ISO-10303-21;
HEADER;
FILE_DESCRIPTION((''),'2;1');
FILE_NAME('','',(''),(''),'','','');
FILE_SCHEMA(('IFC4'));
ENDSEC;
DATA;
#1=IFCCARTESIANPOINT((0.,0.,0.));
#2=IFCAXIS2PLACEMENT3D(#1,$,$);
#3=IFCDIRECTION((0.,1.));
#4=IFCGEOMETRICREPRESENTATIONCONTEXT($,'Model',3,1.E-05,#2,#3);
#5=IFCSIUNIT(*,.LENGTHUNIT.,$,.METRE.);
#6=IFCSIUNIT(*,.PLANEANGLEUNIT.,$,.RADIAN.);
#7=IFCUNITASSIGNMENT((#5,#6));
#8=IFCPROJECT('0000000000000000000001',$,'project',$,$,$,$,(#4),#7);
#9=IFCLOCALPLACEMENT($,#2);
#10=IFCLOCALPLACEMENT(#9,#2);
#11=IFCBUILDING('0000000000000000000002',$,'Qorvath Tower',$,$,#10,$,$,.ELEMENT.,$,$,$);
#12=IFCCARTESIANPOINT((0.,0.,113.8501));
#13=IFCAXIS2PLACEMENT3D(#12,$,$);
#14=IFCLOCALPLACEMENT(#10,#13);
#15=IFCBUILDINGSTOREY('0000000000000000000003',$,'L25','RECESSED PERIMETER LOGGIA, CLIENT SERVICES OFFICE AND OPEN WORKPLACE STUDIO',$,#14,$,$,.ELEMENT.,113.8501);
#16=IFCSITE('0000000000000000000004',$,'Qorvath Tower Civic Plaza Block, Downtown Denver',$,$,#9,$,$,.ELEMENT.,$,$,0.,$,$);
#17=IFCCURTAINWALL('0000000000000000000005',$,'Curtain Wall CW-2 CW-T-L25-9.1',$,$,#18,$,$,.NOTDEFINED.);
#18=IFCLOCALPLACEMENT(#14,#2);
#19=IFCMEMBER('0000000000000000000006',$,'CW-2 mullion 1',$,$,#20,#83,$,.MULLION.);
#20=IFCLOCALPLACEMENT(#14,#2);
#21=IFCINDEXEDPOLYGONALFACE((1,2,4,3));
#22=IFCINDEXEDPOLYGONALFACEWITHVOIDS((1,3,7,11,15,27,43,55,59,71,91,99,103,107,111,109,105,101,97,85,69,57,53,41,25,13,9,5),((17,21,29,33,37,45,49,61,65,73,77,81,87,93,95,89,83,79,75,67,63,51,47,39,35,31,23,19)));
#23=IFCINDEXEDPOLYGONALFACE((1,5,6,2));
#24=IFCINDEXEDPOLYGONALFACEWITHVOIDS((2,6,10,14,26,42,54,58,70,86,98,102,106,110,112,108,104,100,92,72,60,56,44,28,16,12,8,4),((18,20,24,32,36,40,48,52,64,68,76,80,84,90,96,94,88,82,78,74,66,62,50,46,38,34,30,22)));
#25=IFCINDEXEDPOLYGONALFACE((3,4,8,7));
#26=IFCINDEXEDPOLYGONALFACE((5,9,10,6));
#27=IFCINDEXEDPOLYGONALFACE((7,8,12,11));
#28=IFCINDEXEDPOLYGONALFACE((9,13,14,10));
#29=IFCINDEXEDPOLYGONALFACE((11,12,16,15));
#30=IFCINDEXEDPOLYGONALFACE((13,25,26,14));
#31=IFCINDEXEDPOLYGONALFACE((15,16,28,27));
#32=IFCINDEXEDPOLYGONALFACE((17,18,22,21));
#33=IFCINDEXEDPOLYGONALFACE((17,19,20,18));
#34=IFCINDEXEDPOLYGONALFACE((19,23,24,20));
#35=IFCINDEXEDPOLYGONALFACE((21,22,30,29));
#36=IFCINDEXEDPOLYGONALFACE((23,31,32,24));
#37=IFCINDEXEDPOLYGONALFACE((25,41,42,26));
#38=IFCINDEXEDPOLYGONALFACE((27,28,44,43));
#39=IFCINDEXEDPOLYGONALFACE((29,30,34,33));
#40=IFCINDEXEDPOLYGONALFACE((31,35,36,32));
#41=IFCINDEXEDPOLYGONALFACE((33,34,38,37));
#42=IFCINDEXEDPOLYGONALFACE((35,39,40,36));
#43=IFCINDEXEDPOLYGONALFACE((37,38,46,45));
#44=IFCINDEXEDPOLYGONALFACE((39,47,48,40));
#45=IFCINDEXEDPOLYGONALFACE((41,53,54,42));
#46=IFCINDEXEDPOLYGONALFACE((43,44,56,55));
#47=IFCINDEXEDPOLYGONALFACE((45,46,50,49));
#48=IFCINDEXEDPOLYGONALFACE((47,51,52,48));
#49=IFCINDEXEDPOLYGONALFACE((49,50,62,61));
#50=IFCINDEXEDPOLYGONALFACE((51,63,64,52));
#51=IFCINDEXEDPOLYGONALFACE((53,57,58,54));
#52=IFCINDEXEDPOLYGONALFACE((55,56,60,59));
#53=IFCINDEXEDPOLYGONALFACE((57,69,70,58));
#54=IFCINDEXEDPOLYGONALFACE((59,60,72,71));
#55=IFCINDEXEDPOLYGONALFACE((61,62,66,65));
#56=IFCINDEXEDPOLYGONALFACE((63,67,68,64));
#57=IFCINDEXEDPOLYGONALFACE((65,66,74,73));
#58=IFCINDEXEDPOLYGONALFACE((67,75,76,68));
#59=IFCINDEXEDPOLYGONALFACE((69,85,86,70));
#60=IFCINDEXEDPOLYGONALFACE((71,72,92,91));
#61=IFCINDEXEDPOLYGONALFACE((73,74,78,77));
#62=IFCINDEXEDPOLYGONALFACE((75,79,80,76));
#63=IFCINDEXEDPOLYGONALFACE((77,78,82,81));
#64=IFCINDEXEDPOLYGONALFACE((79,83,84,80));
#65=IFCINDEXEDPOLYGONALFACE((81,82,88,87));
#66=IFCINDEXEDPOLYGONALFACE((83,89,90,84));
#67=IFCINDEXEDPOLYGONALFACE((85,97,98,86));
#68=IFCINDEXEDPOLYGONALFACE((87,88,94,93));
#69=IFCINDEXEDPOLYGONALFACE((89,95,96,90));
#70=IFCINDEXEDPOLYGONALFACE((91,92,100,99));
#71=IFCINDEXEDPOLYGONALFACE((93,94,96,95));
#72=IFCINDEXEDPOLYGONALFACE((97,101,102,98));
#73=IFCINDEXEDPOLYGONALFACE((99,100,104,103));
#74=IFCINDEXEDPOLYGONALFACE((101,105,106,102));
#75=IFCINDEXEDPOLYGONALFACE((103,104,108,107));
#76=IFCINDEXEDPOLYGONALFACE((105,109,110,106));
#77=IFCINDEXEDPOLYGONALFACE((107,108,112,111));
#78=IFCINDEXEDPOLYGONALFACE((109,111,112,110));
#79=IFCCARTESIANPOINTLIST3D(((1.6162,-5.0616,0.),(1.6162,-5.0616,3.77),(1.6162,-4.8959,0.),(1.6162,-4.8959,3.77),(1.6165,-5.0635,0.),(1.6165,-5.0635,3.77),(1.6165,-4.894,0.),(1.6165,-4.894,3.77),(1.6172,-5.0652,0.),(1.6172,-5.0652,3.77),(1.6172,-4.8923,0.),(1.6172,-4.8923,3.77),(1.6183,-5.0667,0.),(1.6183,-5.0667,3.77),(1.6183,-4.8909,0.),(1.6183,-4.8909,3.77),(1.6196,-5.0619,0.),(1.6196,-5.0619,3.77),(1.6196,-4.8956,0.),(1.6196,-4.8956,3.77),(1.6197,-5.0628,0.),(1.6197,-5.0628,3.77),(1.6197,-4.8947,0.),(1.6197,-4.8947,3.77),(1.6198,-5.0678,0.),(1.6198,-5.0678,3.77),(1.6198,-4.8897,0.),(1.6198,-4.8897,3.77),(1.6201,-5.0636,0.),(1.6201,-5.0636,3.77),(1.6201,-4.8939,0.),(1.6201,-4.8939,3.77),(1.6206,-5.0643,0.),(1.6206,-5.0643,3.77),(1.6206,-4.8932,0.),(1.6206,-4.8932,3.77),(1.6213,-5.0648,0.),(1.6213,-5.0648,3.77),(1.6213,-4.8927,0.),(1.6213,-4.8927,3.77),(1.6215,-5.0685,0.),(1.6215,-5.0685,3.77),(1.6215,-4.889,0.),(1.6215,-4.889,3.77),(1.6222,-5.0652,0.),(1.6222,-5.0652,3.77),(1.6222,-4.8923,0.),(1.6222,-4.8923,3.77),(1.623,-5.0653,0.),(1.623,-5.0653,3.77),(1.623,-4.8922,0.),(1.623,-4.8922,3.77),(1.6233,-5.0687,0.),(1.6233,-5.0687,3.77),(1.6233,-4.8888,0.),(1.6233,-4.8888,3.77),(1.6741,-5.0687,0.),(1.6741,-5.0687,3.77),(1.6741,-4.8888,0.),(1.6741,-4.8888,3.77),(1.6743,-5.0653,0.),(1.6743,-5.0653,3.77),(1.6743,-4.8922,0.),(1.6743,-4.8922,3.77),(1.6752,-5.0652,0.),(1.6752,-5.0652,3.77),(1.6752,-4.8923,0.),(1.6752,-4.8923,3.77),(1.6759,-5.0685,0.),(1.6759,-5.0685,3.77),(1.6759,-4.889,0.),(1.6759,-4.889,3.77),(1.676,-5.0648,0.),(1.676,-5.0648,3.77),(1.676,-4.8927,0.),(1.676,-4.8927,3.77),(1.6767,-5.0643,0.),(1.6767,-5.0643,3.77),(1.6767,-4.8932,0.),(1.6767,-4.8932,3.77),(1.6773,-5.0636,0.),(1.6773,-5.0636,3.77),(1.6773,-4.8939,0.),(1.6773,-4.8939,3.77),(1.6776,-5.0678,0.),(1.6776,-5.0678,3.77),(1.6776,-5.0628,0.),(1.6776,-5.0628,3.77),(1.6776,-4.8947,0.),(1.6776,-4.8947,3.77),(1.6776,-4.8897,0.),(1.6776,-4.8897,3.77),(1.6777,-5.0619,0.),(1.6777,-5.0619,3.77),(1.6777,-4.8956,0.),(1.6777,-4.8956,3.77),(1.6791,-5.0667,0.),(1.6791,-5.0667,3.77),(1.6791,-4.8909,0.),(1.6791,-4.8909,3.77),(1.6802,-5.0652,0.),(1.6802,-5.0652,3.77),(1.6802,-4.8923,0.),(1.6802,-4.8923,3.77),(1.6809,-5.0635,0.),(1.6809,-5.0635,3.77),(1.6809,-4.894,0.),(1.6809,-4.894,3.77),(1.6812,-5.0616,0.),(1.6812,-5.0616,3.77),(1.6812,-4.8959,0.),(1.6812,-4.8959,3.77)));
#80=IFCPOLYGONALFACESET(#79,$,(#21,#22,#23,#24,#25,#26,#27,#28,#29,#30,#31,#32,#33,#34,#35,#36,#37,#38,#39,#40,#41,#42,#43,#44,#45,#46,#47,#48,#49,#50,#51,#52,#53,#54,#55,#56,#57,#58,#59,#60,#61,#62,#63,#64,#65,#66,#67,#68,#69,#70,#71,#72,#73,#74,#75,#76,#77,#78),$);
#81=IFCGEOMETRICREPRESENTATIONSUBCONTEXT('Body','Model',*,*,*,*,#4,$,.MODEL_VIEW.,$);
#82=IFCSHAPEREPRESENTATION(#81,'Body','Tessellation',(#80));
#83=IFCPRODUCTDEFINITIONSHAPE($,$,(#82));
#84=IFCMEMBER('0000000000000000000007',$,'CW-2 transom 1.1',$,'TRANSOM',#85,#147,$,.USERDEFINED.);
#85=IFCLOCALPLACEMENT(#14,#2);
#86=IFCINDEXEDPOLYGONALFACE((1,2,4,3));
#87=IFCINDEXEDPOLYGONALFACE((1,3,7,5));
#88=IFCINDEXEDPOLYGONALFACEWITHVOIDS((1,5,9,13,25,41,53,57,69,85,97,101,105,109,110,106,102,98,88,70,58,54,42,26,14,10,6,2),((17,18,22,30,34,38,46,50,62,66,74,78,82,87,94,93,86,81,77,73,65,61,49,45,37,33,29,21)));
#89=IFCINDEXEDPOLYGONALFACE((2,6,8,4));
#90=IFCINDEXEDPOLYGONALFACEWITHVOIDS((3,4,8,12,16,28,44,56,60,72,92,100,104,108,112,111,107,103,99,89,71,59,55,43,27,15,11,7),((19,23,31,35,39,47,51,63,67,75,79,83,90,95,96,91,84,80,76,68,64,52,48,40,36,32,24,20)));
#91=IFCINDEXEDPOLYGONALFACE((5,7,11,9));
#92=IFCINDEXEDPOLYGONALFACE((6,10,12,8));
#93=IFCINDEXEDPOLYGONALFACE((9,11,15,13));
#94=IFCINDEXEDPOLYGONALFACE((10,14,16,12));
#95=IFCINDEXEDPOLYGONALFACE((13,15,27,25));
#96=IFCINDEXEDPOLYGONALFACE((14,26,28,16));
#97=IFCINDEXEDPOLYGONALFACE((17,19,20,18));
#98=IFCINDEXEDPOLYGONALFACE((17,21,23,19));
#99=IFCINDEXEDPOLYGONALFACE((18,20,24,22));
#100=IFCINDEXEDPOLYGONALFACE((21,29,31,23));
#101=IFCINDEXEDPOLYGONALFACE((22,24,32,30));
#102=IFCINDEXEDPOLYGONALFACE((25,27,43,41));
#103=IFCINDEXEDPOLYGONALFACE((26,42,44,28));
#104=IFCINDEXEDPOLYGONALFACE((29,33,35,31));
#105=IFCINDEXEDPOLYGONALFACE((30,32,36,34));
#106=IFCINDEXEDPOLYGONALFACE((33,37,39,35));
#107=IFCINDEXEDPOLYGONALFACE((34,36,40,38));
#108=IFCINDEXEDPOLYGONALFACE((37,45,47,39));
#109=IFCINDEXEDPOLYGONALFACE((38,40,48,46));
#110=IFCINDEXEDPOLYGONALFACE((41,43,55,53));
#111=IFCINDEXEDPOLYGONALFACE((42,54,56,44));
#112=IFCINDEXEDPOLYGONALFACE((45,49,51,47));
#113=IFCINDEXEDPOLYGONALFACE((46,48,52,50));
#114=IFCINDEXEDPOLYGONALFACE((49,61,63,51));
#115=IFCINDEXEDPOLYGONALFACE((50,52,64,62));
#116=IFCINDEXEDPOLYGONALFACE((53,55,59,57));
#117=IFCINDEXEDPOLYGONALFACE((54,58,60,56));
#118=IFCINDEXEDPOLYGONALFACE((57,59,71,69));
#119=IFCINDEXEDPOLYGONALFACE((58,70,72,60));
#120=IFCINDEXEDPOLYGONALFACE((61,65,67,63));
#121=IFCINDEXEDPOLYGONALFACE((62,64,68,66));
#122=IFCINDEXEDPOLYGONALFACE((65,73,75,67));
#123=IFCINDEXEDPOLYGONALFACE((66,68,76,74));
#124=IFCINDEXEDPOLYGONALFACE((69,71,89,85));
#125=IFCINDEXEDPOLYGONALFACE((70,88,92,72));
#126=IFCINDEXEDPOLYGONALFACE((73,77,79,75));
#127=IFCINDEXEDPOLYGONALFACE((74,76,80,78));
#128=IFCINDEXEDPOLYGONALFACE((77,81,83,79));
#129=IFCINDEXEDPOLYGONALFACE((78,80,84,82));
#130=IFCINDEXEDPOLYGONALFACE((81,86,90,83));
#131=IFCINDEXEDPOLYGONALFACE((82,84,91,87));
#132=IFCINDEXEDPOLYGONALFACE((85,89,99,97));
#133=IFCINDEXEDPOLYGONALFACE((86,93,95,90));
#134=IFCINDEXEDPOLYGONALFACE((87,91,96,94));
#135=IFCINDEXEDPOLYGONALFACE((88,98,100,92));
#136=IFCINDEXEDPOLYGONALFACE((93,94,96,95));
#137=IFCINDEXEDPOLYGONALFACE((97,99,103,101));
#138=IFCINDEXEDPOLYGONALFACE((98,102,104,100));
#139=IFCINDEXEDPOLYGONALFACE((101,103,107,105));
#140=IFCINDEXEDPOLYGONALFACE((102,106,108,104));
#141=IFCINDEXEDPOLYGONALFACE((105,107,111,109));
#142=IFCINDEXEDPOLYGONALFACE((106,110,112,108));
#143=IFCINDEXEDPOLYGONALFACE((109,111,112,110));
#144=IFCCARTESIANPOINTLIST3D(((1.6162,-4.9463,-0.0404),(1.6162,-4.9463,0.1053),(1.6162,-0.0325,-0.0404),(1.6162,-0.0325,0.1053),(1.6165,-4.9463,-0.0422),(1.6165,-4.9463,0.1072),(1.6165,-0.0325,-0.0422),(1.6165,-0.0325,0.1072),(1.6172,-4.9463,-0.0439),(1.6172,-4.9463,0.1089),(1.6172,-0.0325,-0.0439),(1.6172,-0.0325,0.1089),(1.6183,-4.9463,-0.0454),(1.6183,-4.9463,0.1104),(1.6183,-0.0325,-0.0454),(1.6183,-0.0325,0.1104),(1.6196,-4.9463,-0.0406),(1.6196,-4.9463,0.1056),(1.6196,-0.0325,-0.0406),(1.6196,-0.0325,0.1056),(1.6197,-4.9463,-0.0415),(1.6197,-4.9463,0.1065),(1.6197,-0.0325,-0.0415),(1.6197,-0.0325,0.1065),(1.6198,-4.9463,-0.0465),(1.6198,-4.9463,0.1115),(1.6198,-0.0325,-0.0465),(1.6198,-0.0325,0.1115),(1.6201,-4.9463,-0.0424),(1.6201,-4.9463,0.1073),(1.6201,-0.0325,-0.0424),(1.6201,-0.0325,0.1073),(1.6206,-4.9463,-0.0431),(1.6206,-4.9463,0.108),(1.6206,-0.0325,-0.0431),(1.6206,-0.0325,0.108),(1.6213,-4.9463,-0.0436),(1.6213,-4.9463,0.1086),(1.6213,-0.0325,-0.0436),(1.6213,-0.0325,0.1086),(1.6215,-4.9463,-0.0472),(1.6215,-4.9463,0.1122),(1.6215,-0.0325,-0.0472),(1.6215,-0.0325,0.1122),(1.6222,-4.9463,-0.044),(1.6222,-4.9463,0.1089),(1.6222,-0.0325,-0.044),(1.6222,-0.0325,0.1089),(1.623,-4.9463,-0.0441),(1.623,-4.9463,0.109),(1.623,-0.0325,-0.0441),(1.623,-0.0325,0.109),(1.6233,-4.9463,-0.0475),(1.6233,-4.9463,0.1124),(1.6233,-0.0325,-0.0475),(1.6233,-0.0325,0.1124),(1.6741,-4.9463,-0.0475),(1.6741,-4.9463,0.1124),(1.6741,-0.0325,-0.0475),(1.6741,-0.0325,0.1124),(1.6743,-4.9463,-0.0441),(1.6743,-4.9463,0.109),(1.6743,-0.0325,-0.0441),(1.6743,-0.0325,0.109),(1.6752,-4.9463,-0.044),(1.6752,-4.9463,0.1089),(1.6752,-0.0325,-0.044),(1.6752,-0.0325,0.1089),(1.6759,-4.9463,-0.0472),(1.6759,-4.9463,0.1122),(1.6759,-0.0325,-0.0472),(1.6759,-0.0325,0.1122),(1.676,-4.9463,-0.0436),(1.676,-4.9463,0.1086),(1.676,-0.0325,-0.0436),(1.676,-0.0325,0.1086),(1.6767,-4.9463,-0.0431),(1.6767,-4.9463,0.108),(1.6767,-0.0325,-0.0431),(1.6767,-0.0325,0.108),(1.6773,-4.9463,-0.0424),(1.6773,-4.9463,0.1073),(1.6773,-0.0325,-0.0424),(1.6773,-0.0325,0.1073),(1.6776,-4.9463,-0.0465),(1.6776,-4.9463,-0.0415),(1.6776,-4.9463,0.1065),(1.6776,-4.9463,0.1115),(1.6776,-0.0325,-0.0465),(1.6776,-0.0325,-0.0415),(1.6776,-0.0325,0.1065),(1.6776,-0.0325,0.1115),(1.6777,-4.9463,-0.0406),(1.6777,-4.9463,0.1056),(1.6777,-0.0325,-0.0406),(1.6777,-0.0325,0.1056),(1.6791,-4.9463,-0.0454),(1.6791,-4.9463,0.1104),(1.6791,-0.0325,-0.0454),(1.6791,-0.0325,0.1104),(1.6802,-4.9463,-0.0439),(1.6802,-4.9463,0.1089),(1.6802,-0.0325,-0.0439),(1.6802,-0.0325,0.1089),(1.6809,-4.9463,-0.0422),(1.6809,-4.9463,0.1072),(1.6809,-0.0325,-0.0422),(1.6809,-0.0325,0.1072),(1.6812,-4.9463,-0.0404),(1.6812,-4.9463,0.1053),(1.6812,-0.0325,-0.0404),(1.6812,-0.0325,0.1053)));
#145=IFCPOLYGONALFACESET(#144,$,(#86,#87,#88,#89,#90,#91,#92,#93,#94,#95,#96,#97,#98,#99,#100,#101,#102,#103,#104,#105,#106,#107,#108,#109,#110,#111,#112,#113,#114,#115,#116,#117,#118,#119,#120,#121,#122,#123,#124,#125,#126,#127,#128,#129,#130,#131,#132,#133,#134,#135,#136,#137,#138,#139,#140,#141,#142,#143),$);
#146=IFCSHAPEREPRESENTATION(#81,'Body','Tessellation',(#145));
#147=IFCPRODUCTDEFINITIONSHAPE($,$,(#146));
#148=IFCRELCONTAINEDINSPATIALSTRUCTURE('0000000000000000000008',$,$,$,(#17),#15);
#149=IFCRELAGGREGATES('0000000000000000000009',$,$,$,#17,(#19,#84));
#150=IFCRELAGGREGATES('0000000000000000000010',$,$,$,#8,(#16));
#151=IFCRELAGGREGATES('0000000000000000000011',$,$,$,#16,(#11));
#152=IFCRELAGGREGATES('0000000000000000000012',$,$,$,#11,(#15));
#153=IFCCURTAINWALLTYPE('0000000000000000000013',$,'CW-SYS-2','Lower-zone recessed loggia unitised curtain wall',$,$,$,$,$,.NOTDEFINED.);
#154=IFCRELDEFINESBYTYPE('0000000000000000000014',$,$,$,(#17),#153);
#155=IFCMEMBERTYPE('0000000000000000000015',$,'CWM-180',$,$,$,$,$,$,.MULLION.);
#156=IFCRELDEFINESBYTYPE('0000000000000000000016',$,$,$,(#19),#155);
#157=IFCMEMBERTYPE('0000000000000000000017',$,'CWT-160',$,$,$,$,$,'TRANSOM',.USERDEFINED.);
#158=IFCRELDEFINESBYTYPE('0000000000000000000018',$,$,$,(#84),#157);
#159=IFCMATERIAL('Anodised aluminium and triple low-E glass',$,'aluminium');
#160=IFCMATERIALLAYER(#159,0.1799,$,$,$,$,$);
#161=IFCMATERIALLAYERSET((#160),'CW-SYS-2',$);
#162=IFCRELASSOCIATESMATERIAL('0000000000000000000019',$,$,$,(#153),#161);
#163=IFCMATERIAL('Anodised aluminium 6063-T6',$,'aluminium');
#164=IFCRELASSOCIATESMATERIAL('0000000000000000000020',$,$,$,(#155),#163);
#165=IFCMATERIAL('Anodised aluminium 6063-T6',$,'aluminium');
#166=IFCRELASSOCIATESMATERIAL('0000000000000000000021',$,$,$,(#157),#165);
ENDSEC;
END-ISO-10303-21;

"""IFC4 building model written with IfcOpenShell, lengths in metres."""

from ifc_helpers import new_model, si_unit, direction, frame, origin, origin_2d, place, context, subcontext, project, spatial, hollow_rectangle, extrude, material, layer, layer_set, material_profile, profile_set, type_object, element, aggregate, save


model = new_model("IFC4")

# Units and contexts
model_context = context("Model", 3, precision=1e-05, world=origin(), true_north=direction((0.0, 1.0)))
body_context = subcontext(model_context, "Body", "Model", "MODEL_VIEW")
ifc_project = project(units=[si_unit("LENGTHUNIT", "METRE"), si_unit("PLANEANGLEUNIT", "RADIAN")], contexts=[model_context])

# Site, building, storey
site_placement = place(None, origin())
site = spatial("IfcSite", under=ifc_project, at=site_placement, Name="Qorvath Tower Civic Plaza Block, Downtown Denver", CompositionType="ELEMENT", RefElevation=0.0)
building_placement = place(site_placement, origin())
building = spatial("IfcBuilding", under=site, at=building_placement, Name="Qorvath Tower", CompositionType="ELEMENT")
storey_placement = place(building_placement, frame((0.0, 0.0, 113.8501)))
storey = spatial("IfcBuildingStorey", under=building, at=storey_placement, Name="L25", Description="RECESSED PERIMETER LOGGIA, CLIENT SERVICES OFFICE AND OPEN WORKPLACE STUDIO", CompositionType="ELEMENT", Elevation=113.8501)

# Curtain wall, members
ifc_material_1 = material(Name="Anodised aluminium and triple low-E glass", Category="aluminium")
ifc_layer_1 = layer(ifc_material_1, 0.1799)
ifc_layer_set_1 = layer_set([ifc_layer_1], Name="CW-SYS-2")
curtain_wall_type = type_object("IfcCurtainWallType", Name="CW-SYS-2", Description="Lower-zone recessed loggia unitised curtain wall", PredefinedType="NOTDEFINED", material=ifc_layer_set_1)
curtain_wall_placement = place(storey_placement, origin())
curtain_wall = element("IfcCurtainWall", 1, at=curtain_wall_placement, inside=storey, type_object=curtain_wall_type, Name="Curtain Wall CW-2 CW-T-L25-9.1", PredefinedType="NOTDEFINED")
ifc_material_2 = material(Name="Anodised aluminium 6063-T6", Category="aluminium")
ifc_material_profile_1 = material_profile(ifc_material_2, hollow_rectangle(XDim=0.0649, YDim=0.1799, WallThickness=0.0034, InnerFilletRadius=0.0034, OuterFilletRadius=0.0071, at=origin_2d()), Name="CWM 180x65")
ifc_profile_set_1 = profile_set([ifc_material_profile_1], Name="Anodised aluminium 6063-T6")
member_type_1 = type_object("IfcMemberType", Name="CWM-180", PredefinedType="MULLION", material=ifc_profile_set_1)
member_1_placement = place(storey_placement, frame((1.6487, -4.9788, 0.0), z_axis=(0.0, 0.0, 1.0), x_axis=(-1.0, 0.0, 0.0)))
member_1 = element("IfcMember", 2, at=member_1_placement, type_object=member_type_1, Name="CW-2 mullion 1", PredefinedType="MULLION", context=body_context, shape_type="SweptSolid", body=[
    extrude(hollow_rectangle(XDim=0.0649, YDim=0.1799, WallThickness=0.0034, InnerFilletRadius=0.0034, OuterFilletRadius=0.0071, at=origin_2d()), origin(), (0.0, 0.0, 1.0), 3.77),
])
ifc_material_3 = material(Name="Anodised aluminium 6063-T6", Category="aluminium")
ifc_material_profile_2 = material_profile(ifc_material_3, hollow_rectangle(XDim=0.0649, YDim=0.1599, WallThickness=0.0034, InnerFilletRadius=0.0034, OuterFilletRadius=0.0071, at=origin_2d()), Name="CWT 160x65")
ifc_profile_set_2 = profile_set([ifc_material_profile_2], Name="Anodised aluminium 6063-T6")
member_type_2 = type_object("IfcMemberType", Name="CWT-160", ElementType="TRANSOM", PredefinedType="USERDEFINED", material=ifc_profile_set_2)
member_2_placement = place(storey_placement, frame((1.6487, -4.9463, 0.0325), z_axis=(0.0, 1.0, 0.0), x_axis=(-1.0, 0.0, 0.0)))
member_2 = element("IfcMember", 3, at=member_2_placement, type_object=member_type_2, Name="CW-2 transom 1.1", ObjectType="TRANSOM", PredefinedType="USERDEFINED", context=body_context, shape_type="SweptSolid", body=[
    extrude(hollow_rectangle(XDim=0.0649, YDim=0.1599, WallThickness=0.0034, InnerFilletRadius=0.0034, OuterFilletRadius=0.0071, at=origin_2d()), origin(), (0.0, 0.0, 1.0), 4.9138),
])
aggregate(curtain_wall, [member_1, member_2])

save(model, "model.ifc")
